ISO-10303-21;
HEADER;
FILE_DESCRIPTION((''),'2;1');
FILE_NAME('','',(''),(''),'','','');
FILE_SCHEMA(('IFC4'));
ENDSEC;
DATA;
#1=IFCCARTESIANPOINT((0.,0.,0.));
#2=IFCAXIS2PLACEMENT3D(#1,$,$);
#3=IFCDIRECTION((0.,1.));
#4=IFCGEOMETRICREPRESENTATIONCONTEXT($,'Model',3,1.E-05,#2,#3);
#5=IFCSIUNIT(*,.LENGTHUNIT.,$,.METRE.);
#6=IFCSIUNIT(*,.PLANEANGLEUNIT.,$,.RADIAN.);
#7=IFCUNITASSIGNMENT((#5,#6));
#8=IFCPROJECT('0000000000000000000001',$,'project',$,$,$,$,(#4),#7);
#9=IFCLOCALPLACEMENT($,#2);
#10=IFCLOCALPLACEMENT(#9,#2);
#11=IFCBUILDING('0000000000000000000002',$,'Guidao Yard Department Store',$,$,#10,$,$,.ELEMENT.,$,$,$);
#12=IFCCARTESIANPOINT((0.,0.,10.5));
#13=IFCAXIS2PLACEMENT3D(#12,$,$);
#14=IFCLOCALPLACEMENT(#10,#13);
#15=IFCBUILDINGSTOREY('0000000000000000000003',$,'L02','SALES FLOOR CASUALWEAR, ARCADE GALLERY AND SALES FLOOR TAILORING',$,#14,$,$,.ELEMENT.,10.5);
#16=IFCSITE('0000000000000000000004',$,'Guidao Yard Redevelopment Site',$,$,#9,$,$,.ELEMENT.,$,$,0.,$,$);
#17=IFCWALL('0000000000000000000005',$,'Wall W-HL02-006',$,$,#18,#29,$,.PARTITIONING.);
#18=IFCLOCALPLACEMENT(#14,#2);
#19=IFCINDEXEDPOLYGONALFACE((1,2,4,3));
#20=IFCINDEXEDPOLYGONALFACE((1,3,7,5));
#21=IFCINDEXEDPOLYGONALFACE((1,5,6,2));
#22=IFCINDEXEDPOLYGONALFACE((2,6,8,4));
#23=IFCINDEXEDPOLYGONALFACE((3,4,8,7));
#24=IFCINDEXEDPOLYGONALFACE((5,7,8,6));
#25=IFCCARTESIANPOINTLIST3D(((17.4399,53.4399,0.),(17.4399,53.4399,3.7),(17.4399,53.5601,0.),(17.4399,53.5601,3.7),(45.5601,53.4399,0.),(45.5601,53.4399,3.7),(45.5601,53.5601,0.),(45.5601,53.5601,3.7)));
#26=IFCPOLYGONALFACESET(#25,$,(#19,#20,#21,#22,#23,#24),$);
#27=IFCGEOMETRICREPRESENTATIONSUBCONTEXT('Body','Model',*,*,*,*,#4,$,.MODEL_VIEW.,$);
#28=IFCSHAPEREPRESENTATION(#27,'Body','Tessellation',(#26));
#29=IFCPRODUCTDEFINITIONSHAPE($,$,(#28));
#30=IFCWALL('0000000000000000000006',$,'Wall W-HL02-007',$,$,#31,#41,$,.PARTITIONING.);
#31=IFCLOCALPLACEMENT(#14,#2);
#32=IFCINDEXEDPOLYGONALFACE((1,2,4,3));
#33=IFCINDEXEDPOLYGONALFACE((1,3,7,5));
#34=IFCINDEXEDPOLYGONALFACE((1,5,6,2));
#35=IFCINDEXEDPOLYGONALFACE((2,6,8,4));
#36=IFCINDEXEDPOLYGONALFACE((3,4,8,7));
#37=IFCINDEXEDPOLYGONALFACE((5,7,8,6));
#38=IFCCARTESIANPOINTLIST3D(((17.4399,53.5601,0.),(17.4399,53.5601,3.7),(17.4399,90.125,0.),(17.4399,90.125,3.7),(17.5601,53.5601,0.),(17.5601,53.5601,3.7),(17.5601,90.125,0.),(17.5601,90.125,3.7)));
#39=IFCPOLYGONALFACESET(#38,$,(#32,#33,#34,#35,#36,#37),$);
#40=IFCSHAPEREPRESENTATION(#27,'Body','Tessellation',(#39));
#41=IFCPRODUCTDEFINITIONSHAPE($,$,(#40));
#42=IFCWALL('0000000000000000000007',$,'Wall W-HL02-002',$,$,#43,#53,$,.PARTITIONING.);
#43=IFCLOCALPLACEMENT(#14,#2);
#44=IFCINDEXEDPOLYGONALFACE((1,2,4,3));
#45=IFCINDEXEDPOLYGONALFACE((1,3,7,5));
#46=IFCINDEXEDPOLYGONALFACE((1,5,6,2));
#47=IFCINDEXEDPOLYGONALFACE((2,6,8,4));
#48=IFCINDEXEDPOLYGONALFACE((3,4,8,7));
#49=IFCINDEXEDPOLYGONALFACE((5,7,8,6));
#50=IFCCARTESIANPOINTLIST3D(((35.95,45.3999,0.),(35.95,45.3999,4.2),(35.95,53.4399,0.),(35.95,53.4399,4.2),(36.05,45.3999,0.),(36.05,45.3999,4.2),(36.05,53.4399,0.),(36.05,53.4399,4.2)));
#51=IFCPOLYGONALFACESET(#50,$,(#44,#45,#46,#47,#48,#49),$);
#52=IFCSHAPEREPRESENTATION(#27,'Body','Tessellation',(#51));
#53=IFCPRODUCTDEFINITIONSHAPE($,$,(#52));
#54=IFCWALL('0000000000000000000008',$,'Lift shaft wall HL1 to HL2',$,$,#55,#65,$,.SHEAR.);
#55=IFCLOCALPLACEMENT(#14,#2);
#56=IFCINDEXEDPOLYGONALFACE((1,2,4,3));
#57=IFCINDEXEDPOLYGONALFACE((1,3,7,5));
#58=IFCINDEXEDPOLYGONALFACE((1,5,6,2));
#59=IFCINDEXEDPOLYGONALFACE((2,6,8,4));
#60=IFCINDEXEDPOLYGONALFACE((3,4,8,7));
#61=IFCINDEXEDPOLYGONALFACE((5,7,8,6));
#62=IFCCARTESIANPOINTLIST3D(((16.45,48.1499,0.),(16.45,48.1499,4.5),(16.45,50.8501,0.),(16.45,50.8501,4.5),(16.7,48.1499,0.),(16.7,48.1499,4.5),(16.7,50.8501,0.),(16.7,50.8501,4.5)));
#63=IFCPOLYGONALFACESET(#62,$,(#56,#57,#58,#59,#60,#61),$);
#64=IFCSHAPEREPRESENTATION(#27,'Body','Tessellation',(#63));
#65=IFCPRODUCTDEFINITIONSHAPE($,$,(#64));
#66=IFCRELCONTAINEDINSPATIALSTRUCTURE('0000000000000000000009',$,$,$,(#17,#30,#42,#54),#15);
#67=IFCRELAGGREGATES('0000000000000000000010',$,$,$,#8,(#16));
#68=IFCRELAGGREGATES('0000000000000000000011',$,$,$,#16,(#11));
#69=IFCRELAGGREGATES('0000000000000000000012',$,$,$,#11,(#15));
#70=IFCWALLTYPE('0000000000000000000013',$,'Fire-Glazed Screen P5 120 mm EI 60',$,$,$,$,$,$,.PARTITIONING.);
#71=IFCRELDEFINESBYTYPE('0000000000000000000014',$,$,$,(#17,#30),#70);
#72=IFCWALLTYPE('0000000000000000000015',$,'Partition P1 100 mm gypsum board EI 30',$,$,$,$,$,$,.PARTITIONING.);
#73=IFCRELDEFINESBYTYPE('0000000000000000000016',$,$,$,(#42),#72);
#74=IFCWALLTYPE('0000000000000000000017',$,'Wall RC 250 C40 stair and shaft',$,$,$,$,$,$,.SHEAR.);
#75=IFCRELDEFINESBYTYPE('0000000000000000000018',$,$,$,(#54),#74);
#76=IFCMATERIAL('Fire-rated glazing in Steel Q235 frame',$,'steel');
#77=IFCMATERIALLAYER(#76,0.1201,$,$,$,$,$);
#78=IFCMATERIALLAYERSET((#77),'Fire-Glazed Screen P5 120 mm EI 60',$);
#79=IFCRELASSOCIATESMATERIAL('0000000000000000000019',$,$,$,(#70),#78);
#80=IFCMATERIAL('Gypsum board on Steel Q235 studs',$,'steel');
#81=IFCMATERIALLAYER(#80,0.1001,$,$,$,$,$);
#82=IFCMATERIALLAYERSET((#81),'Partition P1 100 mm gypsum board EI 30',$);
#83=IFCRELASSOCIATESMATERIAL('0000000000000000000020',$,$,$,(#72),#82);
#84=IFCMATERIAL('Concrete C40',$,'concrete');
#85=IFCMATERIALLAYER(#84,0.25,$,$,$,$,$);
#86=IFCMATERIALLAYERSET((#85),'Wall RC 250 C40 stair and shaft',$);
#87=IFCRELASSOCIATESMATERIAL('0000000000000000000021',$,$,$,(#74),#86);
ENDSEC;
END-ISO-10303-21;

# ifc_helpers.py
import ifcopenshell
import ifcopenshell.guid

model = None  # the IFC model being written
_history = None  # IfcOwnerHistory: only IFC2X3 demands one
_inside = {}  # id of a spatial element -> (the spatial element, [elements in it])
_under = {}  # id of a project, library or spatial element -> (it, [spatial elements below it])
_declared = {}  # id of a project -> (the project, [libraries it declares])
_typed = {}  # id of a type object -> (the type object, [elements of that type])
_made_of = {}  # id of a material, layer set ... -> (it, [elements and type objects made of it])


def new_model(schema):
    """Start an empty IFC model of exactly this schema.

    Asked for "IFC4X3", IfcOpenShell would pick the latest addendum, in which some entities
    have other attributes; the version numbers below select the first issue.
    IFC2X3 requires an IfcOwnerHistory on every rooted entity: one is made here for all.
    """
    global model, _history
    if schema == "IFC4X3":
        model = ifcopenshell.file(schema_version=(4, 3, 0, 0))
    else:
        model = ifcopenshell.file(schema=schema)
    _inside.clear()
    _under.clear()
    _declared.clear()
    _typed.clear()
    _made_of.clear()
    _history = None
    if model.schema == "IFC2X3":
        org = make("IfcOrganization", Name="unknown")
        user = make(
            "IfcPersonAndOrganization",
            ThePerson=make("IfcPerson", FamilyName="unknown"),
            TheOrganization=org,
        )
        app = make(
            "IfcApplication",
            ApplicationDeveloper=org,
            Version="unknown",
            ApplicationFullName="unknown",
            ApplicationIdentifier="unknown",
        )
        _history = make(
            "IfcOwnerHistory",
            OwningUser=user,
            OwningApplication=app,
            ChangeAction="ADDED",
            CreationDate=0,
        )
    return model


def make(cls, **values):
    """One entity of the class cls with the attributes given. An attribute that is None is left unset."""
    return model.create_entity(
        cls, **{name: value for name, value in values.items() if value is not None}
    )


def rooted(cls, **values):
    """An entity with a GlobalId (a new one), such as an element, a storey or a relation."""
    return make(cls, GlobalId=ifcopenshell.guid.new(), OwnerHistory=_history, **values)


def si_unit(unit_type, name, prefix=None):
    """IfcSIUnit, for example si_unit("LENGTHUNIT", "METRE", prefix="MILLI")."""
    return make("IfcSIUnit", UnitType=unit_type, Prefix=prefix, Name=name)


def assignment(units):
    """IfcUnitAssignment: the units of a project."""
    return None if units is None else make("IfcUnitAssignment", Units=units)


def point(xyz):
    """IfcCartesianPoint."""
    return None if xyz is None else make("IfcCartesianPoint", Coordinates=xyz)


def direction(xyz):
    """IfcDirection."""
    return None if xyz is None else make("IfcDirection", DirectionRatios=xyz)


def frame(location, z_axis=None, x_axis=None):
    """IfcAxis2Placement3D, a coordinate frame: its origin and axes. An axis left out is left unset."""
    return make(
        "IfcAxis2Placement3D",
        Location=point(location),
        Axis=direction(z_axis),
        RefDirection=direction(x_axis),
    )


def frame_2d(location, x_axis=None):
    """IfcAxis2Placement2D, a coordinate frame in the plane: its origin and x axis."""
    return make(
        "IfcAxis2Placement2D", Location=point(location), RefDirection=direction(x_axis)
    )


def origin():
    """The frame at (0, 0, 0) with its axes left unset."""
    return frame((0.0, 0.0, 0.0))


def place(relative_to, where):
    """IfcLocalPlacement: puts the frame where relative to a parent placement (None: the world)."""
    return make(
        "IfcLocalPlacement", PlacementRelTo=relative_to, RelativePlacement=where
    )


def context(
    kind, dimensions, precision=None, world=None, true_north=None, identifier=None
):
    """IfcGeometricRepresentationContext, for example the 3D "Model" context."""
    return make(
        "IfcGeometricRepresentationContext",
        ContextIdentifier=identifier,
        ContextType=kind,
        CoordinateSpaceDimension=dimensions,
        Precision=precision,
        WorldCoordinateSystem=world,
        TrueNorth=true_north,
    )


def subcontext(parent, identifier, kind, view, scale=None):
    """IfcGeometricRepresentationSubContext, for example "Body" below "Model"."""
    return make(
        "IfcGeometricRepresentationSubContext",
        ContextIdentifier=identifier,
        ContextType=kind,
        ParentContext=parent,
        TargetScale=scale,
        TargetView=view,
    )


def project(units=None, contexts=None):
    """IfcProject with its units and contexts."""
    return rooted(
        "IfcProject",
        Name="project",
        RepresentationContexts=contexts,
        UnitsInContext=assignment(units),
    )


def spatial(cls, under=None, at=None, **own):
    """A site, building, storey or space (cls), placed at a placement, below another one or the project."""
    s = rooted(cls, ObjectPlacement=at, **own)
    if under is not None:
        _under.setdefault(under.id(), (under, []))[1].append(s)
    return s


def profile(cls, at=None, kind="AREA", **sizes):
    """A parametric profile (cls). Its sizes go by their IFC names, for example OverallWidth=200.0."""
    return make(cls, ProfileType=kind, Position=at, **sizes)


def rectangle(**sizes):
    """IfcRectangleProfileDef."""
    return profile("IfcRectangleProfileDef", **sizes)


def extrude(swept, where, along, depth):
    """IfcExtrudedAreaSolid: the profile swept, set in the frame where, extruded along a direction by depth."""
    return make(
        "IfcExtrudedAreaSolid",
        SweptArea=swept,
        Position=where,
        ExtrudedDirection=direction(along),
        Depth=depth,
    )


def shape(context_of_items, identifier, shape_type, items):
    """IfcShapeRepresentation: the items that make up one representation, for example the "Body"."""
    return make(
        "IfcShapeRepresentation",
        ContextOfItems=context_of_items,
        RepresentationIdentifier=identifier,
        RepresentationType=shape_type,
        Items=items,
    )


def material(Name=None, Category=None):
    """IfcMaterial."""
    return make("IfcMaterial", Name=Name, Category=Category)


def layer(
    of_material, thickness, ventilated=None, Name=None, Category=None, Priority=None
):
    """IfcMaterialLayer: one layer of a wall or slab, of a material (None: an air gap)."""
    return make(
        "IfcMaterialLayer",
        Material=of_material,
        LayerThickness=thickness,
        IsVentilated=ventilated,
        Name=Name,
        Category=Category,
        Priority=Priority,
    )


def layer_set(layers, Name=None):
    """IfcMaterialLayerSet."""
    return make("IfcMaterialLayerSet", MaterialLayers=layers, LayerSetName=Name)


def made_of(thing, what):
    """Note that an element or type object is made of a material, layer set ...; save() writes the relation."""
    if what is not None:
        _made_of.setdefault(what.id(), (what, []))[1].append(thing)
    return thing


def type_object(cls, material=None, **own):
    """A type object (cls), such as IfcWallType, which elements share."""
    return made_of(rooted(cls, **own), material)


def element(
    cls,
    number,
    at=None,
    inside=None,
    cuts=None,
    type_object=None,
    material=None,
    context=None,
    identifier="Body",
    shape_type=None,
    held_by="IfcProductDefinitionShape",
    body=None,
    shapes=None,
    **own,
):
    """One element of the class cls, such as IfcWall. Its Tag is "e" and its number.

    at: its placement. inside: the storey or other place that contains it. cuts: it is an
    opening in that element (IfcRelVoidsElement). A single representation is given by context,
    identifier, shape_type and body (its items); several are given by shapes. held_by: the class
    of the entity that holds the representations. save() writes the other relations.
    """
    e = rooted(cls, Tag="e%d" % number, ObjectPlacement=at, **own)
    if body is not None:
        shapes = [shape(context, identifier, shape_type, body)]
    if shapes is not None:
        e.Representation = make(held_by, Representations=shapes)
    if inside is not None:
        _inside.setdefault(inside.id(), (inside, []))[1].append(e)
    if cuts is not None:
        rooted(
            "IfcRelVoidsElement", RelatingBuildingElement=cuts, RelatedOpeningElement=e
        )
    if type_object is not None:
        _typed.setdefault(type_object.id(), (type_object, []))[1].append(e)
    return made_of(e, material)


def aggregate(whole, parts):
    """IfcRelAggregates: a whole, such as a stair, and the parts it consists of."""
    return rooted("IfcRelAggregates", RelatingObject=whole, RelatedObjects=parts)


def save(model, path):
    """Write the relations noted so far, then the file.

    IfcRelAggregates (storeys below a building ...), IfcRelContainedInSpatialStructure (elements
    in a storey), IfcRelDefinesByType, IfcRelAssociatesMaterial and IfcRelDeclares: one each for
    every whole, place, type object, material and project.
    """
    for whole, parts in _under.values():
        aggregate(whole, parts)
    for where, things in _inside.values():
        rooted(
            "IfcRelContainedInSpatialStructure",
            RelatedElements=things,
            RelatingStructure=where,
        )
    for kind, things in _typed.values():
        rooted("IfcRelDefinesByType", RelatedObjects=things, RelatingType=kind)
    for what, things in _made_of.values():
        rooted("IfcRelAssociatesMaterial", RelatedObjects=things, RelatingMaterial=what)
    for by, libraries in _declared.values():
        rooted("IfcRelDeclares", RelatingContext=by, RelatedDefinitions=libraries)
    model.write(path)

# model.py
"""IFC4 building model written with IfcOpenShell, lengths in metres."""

from ifc_helpers import new_model, si_unit, direction, frame, frame_2d, origin, place, context, subcontext, project, spatial, rectangle, extrude, material, layer, layer_set, type_object, element, save


model = new_model("IFC4")

# Units and contexts
model_context = context("Model", 3, precision=1e-05, world=origin(), true_north=direction((0.0, 1.0)))
body_context = subcontext(model_context, "Body", "Model", "MODEL_VIEW")
ifc_project = project(units=[si_unit("LENGTHUNIT", "METRE"), si_unit("PLANEANGLEUNIT", "RADIAN")], contexts=[model_context])

# Site, building, storey
site_placement = place(None, origin())
site = spatial("IfcSite", under=ifc_project, at=site_placement, Name="Guidao Yard Redevelopment Site", CompositionType="ELEMENT", RefElevation=0.0)
building_placement = place(site_placement, origin())
building = spatial("IfcBuilding", under=site, at=building_placement, Name="Guidao Yard Department Store", CompositionType="ELEMENT")
storey_placement = place(building_placement, frame((0.0, 0.0, 10.5)))
storey = spatial("IfcBuildingStorey", under=building, at=storey_placement, Name="L02", Description="SALES FLOOR CASUALWEAR, ARCADE GALLERY AND SALES FLOOR TAILORING", CompositionType="ELEMENT", Elevation=10.5)

# Walls
ifc_material_1 = material(Name="Fire-rated glazing in Steel Q235 frame", Category="steel")
ifc_layer_1 = layer(ifc_material_1, 0.1201)
ifc_layer_set_1 = layer_set([ifc_layer_1], Name="Fire-Glazed Screen P5 120 mm EI 60")
wall_type_1 = type_object("IfcWallType", Name="Fire-Glazed Screen P5 120 mm EI 60", PredefinedType="PARTITIONING", material=ifc_layer_set_1)
wall_1_placement = place(storey_placement, frame((17.4399, 53.5, 0.0), z_axis=(0.0, 0.0, 1.0), x_axis=(1.0, 0.0, 0.0)))
element("IfcWall", 1, at=wall_1_placement, inside=storey, type_object=wall_type_1, Name="Wall W-HL02-006", PredefinedType="PARTITIONING", context=body_context, shape_type="SweptSolid", body=[
    extrude(rectangle(XDim=28.1201, YDim=0.1201, at=frame_2d((14.0601, 0.0))), origin(), (0.0, 0.0, 1.0), 3.7),
])
wall_2_placement = place(storey_placement, frame((17.5, 53.5601, 0.0), z_axis=(0.0, 0.0, 1.0), x_axis=(0.0, 1.0, 0.0)))
element("IfcWall", 2, at=wall_2_placement, inside=storey, type_object=wall_type_1, Name="Wall W-HL02-007", PredefinedType="PARTITIONING", context=body_context, shape_type="SweptSolid", body=[
    extrude(rectangle(XDim=36.5649, YDim=0.1201, at=frame_2d((18.2825, 0.0))), origin(), (0.0, 0.0, 1.0), 3.7),
])
ifc_material_2 = material(Name="Gypsum board on Steel Q235 studs", Category="steel")
ifc_layer_2 = layer(ifc_material_2, 0.1001)
ifc_layer_set_2 = layer_set([ifc_layer_2], Name="Partition P1 100 mm gypsum board EI 30")
wall_type_2 = type_object("IfcWallType", Name="Partition P1 100 mm gypsum board EI 30", PredefinedType="PARTITIONING", material=ifc_layer_set_2)
wall_3_placement = place(storey_placement, frame((36.0, 45.3999, 0.0), z_axis=(0.0, 0.0, 1.0), x_axis=(0.0, 1.0, 0.0)))
element("IfcWall", 3, at=wall_3_placement, inside=storey, type_object=wall_type_2, Name="Wall W-HL02-002", PredefinedType="PARTITIONING", context=body_context, shape_type="SweptSolid", body=[
    extrude(rectangle(XDim=8.04, YDim=0.1001, at=frame_2d((4.02, 0.0))), origin(), (0.0, 0.0, 1.0), 4.2),
])
ifc_material_3 = material(Name="Concrete C40", Category="concrete")
ifc_layer_3 = layer(ifc_material_3, 0.25)
ifc_layer_set_3 = layer_set([ifc_layer_3], Name="Wall RC 250 C40 stair and shaft")
wall_type_3 = type_object("IfcWallType", Name="Wall RC 250 C40 stair and shaft", PredefinedType="SHEAR", material=ifc_layer_set_3)
wall_4_placement = place(storey_placement, frame((16.575, 48.1499, 0.0), z_axis=(0.0, 0.0, 1.0), x_axis=(0.0, 1.0, 0.0)))
element("IfcWall", 4, at=wall_4_placement, inside=storey, type_object=wall_type_3, Name="Lift shaft wall HL1 to HL2", PredefinedType="SHEAR", context=body_context, shape_type="SweptSolid", body=[
    extrude(rectangle(XDim=2.7002, YDim=0.25, at=frame_2d((1.3501, 0.0))), origin(), (0.0, 0.0, 1.0), 4.5),
])

save(model, "model.ifc")
